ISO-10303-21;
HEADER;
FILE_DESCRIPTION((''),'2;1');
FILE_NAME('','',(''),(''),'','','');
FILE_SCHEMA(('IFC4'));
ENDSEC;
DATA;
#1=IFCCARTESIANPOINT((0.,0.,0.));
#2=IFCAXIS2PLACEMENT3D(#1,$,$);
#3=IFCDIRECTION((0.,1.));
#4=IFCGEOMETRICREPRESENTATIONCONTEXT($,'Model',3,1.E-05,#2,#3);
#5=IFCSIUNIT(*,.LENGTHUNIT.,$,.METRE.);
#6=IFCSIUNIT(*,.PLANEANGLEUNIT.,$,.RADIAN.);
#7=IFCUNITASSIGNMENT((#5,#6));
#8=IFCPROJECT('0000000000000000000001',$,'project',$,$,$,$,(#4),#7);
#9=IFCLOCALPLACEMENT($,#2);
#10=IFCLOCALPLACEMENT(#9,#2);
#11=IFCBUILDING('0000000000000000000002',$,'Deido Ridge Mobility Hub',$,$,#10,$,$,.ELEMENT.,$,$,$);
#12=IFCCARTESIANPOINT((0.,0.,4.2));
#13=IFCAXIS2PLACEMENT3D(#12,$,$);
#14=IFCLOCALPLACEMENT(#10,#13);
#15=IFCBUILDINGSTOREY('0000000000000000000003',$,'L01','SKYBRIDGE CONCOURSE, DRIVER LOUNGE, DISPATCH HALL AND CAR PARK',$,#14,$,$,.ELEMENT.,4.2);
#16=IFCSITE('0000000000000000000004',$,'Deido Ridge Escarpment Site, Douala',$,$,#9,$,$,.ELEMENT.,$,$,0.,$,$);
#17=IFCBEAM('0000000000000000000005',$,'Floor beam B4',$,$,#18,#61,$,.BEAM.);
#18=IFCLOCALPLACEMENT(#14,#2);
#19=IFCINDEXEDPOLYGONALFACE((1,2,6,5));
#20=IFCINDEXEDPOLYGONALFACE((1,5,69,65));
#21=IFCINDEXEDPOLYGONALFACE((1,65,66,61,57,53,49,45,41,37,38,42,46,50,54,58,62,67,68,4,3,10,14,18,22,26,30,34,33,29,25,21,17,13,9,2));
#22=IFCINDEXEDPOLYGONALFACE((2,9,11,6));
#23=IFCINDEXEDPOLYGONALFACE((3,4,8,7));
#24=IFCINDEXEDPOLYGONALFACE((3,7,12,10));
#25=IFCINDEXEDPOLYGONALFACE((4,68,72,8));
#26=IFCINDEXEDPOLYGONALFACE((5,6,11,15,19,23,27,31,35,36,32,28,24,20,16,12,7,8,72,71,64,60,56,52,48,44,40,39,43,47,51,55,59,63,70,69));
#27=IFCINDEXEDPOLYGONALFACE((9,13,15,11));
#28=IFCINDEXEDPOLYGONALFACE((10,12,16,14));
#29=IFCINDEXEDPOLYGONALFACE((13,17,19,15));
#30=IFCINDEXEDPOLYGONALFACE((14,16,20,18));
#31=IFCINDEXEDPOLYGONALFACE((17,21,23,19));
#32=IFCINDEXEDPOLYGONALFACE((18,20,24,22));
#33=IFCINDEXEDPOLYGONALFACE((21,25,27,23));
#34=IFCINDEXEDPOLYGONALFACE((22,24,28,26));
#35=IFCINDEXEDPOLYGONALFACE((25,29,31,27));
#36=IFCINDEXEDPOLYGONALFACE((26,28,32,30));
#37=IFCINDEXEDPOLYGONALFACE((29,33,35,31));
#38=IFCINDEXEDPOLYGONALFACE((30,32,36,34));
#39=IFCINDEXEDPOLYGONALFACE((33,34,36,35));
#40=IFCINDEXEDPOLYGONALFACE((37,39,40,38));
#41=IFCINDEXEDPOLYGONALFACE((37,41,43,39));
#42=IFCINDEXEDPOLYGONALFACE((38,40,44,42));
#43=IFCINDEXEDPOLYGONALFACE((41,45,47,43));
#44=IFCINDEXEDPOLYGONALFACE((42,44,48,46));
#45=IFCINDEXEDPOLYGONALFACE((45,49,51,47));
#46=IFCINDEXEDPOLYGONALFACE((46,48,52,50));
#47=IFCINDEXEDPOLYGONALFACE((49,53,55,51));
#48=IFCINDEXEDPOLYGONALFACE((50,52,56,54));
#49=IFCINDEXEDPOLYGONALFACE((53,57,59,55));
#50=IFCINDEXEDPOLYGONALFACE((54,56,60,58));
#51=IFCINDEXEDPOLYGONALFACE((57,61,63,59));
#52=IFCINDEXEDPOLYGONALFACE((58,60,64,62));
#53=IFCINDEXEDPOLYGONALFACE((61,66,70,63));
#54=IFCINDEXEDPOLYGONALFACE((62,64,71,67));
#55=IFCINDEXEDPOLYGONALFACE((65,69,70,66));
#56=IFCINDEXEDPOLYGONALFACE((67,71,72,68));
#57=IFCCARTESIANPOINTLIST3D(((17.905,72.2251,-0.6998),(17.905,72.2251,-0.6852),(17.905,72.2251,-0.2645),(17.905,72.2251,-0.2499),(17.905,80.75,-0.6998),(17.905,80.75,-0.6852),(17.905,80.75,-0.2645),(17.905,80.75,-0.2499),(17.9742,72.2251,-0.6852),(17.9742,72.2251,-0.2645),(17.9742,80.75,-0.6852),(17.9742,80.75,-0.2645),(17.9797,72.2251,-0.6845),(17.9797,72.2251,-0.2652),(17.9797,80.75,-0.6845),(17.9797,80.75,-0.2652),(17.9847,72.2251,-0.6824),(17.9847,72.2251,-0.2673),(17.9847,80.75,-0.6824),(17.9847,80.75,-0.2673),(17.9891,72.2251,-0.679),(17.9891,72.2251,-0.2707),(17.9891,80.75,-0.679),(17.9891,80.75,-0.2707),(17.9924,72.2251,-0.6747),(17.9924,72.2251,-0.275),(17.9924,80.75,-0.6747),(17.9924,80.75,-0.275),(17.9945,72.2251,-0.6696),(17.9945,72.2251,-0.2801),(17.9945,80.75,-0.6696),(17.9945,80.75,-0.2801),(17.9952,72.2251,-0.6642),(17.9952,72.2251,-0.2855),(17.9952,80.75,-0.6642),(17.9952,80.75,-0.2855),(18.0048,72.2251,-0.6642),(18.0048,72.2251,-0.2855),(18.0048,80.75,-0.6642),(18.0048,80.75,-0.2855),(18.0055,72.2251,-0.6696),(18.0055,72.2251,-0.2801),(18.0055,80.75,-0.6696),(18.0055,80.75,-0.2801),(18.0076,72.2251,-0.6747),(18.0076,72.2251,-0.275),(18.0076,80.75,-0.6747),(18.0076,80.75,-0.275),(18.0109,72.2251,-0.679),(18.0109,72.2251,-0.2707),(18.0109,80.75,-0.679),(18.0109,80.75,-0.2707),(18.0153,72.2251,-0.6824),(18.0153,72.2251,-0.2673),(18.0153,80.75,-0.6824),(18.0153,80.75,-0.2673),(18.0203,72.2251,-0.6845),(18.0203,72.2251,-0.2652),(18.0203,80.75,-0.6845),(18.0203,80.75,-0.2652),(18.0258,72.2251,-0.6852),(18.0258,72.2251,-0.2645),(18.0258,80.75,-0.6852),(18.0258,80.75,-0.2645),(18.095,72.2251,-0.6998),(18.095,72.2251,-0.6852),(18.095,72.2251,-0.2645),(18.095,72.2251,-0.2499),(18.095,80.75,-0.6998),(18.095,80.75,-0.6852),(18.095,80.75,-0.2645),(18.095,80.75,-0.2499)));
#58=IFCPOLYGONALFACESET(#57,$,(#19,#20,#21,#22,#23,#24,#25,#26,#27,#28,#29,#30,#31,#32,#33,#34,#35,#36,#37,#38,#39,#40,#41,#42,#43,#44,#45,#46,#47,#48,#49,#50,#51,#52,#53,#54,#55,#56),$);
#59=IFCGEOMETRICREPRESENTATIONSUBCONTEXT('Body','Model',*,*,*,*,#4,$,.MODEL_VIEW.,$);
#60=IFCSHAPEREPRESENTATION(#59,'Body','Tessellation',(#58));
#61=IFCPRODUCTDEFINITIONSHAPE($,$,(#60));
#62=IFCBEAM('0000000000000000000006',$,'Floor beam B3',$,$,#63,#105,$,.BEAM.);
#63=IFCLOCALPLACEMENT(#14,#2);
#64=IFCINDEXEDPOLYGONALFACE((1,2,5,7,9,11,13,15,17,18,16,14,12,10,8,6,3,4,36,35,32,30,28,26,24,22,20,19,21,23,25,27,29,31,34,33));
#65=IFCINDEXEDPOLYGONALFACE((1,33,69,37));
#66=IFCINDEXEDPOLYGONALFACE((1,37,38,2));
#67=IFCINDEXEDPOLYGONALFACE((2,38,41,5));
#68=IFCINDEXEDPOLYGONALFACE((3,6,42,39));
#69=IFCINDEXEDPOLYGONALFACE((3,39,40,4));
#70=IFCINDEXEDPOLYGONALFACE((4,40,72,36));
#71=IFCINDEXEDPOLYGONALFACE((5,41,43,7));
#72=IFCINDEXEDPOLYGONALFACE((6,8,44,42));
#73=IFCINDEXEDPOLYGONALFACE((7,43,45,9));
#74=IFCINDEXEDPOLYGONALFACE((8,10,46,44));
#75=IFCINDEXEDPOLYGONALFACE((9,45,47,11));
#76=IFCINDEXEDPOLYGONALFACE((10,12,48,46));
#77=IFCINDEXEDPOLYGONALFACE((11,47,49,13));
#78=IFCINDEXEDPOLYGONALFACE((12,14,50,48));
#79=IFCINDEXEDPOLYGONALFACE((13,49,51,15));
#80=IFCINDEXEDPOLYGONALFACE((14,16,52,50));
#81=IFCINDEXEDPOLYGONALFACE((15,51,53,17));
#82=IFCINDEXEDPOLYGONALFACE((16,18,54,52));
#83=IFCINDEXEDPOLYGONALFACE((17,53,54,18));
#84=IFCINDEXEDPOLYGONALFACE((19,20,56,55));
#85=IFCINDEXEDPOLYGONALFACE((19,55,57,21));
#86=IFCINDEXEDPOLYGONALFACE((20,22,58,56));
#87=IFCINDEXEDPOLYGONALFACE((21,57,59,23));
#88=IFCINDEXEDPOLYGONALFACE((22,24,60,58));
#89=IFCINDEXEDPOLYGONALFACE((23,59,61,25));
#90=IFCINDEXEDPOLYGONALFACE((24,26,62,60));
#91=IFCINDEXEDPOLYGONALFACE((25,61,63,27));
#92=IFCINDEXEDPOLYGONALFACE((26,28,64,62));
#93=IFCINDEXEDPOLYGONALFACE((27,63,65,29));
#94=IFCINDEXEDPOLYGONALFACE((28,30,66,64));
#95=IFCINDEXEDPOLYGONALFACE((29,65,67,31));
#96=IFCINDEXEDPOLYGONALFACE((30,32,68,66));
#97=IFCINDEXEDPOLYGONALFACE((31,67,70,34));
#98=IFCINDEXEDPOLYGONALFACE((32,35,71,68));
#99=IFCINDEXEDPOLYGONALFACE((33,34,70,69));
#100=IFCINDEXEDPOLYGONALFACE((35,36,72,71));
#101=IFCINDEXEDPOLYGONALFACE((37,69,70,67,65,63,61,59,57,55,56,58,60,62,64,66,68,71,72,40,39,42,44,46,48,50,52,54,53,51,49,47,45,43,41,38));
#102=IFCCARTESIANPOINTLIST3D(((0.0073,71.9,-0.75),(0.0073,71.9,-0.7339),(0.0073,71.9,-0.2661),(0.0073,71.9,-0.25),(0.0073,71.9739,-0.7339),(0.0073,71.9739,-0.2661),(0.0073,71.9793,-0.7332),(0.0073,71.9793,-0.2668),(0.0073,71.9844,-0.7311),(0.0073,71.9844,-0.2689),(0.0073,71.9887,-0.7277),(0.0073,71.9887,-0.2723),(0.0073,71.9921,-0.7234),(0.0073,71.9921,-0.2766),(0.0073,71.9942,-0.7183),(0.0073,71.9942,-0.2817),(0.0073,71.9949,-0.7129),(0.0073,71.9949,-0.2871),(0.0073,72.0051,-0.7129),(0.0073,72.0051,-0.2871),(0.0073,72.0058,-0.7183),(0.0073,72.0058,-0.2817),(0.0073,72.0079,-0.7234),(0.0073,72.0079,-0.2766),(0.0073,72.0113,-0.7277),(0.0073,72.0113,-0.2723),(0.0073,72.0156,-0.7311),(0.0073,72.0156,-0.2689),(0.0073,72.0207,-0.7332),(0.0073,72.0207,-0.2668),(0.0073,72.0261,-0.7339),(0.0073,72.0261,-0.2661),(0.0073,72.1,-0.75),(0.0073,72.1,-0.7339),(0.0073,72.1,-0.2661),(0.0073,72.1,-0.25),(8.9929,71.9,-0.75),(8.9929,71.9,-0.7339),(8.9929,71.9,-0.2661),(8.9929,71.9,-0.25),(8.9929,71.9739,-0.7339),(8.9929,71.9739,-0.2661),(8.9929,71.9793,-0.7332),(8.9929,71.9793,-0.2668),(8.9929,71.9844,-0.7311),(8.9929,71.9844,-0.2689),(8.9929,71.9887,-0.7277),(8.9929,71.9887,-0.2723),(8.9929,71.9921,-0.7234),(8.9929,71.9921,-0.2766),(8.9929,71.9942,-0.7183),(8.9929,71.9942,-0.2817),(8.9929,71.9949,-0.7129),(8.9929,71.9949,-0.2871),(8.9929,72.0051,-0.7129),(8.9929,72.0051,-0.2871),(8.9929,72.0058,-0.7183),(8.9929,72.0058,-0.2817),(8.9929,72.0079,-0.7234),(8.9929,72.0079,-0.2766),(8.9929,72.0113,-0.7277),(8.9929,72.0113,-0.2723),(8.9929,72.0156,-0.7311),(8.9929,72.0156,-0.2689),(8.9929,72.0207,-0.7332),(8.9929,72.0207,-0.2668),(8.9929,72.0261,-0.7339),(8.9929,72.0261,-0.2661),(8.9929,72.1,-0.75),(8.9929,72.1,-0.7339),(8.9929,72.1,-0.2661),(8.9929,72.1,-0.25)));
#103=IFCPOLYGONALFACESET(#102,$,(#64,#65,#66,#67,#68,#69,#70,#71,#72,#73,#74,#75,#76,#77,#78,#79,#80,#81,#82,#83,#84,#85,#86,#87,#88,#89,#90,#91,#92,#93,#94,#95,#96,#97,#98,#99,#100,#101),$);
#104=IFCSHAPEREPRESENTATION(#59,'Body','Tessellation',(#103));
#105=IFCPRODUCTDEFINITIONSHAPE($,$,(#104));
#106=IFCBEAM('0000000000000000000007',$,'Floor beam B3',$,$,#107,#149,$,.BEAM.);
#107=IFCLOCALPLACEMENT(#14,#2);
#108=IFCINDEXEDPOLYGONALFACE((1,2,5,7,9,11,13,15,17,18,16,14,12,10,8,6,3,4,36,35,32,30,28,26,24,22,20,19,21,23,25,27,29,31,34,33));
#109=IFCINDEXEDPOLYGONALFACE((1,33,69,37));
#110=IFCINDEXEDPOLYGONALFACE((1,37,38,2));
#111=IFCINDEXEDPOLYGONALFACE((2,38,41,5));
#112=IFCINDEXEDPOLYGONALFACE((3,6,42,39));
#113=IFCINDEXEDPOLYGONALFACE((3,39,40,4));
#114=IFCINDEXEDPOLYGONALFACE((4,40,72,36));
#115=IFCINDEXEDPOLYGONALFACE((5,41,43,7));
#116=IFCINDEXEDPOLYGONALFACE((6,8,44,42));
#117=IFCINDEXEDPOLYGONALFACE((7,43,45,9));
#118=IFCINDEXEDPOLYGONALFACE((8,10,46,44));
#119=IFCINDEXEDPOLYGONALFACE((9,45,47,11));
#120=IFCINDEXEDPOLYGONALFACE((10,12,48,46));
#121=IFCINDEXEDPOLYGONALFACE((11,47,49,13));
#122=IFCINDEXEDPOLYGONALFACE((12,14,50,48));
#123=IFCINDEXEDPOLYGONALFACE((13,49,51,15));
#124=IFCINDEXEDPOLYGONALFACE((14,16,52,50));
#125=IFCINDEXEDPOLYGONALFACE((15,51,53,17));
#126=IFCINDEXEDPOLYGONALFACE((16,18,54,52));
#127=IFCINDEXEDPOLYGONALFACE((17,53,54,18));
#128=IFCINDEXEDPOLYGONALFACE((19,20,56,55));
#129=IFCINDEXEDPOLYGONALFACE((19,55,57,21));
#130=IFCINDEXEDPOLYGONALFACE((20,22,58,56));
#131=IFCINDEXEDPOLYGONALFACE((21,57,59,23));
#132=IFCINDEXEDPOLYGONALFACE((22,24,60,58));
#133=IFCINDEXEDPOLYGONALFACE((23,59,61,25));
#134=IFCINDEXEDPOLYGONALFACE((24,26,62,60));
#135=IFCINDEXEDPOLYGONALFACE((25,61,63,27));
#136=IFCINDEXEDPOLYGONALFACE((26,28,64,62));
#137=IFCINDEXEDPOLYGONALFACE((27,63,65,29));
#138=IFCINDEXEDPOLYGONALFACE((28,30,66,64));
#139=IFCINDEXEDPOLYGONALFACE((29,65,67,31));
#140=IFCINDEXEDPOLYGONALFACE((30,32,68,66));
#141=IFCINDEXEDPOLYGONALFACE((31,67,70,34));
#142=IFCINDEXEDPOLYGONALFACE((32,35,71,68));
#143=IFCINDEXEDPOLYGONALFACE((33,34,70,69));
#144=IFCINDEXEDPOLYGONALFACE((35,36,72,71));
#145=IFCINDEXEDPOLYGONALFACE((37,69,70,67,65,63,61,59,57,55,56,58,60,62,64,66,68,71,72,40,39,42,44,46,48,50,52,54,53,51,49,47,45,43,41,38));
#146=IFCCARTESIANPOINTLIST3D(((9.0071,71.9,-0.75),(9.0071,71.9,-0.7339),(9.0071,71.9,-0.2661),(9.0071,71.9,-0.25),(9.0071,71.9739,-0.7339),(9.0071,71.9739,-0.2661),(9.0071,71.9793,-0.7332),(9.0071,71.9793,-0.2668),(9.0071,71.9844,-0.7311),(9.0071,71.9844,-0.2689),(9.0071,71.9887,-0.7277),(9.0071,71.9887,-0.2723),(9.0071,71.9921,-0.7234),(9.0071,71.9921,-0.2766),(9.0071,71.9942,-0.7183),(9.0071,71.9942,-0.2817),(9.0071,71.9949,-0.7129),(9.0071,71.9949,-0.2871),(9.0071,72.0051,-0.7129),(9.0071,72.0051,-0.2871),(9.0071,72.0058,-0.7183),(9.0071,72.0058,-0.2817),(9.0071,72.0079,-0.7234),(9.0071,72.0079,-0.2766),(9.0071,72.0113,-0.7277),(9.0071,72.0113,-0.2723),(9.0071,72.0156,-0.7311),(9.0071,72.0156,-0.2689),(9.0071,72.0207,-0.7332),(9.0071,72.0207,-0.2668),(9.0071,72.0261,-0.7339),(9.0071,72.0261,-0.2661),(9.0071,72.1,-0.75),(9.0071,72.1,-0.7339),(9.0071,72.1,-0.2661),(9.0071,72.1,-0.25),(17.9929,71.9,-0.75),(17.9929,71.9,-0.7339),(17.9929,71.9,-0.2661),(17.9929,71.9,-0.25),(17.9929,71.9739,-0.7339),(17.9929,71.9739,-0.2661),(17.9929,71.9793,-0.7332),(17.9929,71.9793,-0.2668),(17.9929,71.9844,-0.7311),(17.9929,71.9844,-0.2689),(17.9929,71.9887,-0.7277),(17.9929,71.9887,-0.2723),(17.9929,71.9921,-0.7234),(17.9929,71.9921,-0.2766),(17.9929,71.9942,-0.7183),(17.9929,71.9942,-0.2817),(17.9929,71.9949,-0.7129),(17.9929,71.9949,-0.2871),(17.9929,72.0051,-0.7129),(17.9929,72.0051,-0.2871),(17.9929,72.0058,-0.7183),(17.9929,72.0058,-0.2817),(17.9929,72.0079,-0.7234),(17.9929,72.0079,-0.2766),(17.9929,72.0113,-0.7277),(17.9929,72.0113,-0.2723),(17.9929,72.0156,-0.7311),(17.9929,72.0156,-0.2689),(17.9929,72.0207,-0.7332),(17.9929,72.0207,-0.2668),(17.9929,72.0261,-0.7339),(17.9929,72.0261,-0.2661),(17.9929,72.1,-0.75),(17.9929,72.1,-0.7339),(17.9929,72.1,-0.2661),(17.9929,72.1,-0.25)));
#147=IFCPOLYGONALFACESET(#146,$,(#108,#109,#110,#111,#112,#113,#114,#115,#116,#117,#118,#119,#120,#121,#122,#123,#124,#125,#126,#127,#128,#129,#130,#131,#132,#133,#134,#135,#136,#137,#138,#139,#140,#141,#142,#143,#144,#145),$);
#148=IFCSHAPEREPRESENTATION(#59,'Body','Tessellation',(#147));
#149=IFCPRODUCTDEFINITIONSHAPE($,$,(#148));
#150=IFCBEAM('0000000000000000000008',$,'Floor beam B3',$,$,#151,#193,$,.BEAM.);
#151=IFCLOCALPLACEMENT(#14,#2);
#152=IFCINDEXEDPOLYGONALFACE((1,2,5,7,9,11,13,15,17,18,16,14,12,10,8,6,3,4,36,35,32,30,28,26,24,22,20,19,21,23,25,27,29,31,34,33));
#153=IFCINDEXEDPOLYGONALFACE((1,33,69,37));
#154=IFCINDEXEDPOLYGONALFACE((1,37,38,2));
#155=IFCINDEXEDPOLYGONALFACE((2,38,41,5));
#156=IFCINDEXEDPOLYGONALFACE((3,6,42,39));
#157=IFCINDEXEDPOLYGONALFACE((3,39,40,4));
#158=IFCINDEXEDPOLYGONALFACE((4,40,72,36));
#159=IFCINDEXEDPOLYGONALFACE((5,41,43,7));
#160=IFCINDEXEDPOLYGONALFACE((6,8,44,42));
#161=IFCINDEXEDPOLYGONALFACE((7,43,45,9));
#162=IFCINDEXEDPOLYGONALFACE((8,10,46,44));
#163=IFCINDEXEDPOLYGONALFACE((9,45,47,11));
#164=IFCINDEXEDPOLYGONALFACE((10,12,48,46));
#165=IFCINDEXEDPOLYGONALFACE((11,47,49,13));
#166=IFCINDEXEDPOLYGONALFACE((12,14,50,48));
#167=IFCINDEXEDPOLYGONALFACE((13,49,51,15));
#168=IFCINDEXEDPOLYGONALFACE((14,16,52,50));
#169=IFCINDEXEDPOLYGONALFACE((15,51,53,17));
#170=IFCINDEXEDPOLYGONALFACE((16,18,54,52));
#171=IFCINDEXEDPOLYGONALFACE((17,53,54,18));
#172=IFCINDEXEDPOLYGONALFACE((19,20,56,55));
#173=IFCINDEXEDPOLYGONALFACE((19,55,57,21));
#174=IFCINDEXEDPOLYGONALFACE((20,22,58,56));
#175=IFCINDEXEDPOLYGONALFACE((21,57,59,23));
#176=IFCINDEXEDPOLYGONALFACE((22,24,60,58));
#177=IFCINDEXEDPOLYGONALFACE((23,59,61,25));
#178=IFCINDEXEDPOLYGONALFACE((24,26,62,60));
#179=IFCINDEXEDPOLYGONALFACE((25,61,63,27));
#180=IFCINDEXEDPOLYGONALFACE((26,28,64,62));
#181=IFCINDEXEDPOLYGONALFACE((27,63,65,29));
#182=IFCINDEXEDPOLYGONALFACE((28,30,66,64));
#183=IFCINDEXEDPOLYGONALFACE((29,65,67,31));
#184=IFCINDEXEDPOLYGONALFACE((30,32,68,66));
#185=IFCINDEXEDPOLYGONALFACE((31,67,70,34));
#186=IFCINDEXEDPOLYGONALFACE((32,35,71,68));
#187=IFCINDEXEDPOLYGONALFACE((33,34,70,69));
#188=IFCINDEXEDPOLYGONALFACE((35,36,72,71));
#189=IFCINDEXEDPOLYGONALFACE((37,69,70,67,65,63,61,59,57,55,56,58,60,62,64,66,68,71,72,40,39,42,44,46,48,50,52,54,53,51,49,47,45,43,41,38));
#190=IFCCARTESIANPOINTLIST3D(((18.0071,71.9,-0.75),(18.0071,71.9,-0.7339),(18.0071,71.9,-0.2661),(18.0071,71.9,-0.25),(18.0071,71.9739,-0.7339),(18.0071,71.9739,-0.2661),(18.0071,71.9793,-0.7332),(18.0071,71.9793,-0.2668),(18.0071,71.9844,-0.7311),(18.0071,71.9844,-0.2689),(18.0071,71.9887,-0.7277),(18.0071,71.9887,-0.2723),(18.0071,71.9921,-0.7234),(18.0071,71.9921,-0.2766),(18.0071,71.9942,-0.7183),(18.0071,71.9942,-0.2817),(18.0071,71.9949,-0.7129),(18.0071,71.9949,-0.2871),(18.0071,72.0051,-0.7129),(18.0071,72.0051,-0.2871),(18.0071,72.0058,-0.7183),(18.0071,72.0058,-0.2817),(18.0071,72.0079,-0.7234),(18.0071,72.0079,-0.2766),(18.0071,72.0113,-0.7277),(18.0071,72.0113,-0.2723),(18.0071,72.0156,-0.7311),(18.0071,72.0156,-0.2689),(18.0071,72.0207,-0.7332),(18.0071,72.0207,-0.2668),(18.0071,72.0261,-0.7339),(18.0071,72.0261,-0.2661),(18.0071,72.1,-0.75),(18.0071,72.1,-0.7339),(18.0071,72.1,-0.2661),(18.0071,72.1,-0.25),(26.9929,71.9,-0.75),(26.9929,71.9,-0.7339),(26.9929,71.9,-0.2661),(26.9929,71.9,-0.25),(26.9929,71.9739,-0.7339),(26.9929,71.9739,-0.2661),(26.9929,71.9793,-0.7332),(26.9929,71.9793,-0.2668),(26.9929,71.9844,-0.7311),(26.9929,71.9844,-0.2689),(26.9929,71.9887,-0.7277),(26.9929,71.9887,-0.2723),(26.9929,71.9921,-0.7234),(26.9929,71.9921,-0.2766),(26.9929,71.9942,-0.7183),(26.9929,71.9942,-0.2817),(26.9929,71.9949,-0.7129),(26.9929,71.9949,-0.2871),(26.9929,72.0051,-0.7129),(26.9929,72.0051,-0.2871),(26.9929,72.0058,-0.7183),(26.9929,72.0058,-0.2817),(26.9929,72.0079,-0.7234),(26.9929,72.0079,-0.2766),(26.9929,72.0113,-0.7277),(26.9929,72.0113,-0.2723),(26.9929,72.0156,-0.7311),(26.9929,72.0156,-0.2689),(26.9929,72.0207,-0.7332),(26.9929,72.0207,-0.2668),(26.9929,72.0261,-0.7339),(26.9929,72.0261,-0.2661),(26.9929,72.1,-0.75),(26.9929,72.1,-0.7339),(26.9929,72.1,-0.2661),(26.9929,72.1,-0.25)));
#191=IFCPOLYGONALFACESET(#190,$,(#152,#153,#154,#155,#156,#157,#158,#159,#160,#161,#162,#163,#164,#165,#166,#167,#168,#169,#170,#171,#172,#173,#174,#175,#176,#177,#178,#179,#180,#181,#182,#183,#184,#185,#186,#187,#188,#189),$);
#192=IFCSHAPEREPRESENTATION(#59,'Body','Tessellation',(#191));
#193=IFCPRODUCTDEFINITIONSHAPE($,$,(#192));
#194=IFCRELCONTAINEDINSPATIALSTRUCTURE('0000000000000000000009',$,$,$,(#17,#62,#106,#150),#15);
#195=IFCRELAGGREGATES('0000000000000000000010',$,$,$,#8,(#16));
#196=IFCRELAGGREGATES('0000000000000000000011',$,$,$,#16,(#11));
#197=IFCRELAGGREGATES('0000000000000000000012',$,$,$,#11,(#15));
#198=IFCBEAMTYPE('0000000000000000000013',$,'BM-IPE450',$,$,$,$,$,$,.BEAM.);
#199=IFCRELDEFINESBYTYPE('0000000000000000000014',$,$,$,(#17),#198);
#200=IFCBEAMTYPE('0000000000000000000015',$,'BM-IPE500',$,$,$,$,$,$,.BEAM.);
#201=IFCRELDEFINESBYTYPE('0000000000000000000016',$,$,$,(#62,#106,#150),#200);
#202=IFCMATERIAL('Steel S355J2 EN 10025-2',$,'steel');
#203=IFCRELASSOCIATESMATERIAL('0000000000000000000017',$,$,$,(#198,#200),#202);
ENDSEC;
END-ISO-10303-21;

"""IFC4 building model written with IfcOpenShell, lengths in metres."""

from ifc_helpers import new_model, si_unit, direction, frame, origin, origin_2d, place, context, subcontext, project, spatial, i_section, extrude, material, material_profile, profile_set, type_object, element, save


model = new_model("IFC4")

# Units and contexts
model_context = context("Model", 3, precision=1e-05, world=origin(), true_north=direction((0.0, 1.0)))
body_context = subcontext(model_context, "Body", "Model", "MODEL_VIEW")
ifc_project = project(units=[si_unit("LENGTHUNIT", "METRE"), si_unit("PLANEANGLEUNIT", "RADIAN")], contexts=[model_context])

# Site, building, storey
site_placement = place(None, origin())
site = spatial("IfcSite", under=ifc_project, at=site_placement, Name="Deido Ridge Escarpment Site, Douala", CompositionType="ELEMENT", RefElevation=0.0)
building_placement = place(site_placement, origin())
building = spatial("IfcBuilding", under=site, at=building_placement, Name="Deido Ridge Mobility Hub", CompositionType="ELEMENT")
storey_placement = place(building_placement, frame((0.0, 0.0, 4.2)))
storey = spatial("IfcBuildingStorey", under=building, at=storey_placement, Name="L01", Description="SKYBRIDGE CONCOURSE, DRIVER LOUNGE, DISPATCH HALL AND CAR PARK", CompositionType="ELEMENT", Elevation=4.2)

# Shared definitions
ifc_material_1 = material(Name="Steel S355J2 EN 10025-2", Category="steel")

# Beams
ifc_material_profile_1 = material_profile(ifc_material_1, i_section(OverallWidth=0.1899, OverallDepth=0.45, WebThickness=0.0095, FlangeThickness=0.0146, FilletRadius=0.021, at=origin_2d()), Name="IPE 450")
ifc_profile_set_1 = profile_set([ifc_material_profile_1], Name="Steel S355J2 EN 10025-2")
beam_type_1 = type_object("IfcBeamType", Name="BM-IPE450", PredefinedType="BEAM", material=ifc_profile_set_1)
for number, where, z_axis, x_axis, name in (
    (1, (18.0, 72.2251, -0.4749), (0.0, 1.0, 0.0), (-1.0, 0.0, 0.0), "Floor beam B4"),
):
    element("IfcBeam", number, at=place(storey_placement, frame(where, z_axis=z_axis, x_axis=x_axis)), inside=storey, type_object=beam_type_1, Name=name, PredefinedType="BEAM", context=body_context, shape_type="SweptSolid", body=[
        extrude(i_section(OverallWidth=0.1899, OverallDepth=0.45, WebThickness=0.0095, FlangeThickness=0.0146, FilletRadius=0.021, at=origin_2d()), origin(), (0.0, 0.0, 1.0), 8.5249),
    ])
ifc_material_profile_2 = material_profile(ifc_material_1, i_section(OverallWidth=0.2, OverallDepth=0.5, WebThickness=0.0103, FlangeThickness=0.0161, FilletRadius=0.021, at=origin_2d()), Name="IPE 500")
ifc_profile_set_2 = profile_set([ifc_material_profile_2], Name="Steel S355J2 EN 10025-2")
beam_type_2 = type_object("IfcBeamType", Name="BM-IPE500", PredefinedType="BEAM", material=ifc_profile_set_2)
beam_1_placement = place(storey_placement, frame((0.0073, 72.0, -0.5), z_axis=(1.0, 0.0, 0.0), x_axis=(0.0, 1.0, 0.0)))
element("IfcBeam", 2, at=beam_1_placement, inside=storey, type_object=beam_type_2, Name="Floor beam B3", PredefinedType="BEAM", context=body_context, shape_type="SweptSolid", body=[
    extrude(i_section(OverallWidth=0.2, OverallDepth=0.5, WebThickness=0.0103, FlangeThickness=0.0161, FilletRadius=0.021, at=origin_2d()), origin(), (0.0, 0.0, 1.0), 8.9856),
])
for number, where, z_axis, x_axis, name in (
    (3, (9.0071, 72.0, -0.5), (1.0, 0.0, 0.0), (0.0, 1.0, 0.0), "Floor beam B3"),
    (4, (18.0071, 72.0, -0.5), (1.0, 0.0, 0.0), (0.0, 1.0, 0.0), "Floor beam B3"),
):
    element("IfcBeam", number, at=place(storey_placement, frame(where, z_axis=z_axis, x_axis=x_axis)), inside=storey, type_object=beam_type_2, Name=name, PredefinedType="BEAM", context=body_context, shape_type="SweptSolid", body=[
        extrude(i_section(OverallWidth=0.2, OverallDepth=0.5, WebThickness=0.0103, FlangeThickness=0.0161, FilletRadius=0.021, at=origin_2d()), origin(), (0.0, 0.0, 1.0), 8.9858),
    ])

save(model, "model.ifc")
